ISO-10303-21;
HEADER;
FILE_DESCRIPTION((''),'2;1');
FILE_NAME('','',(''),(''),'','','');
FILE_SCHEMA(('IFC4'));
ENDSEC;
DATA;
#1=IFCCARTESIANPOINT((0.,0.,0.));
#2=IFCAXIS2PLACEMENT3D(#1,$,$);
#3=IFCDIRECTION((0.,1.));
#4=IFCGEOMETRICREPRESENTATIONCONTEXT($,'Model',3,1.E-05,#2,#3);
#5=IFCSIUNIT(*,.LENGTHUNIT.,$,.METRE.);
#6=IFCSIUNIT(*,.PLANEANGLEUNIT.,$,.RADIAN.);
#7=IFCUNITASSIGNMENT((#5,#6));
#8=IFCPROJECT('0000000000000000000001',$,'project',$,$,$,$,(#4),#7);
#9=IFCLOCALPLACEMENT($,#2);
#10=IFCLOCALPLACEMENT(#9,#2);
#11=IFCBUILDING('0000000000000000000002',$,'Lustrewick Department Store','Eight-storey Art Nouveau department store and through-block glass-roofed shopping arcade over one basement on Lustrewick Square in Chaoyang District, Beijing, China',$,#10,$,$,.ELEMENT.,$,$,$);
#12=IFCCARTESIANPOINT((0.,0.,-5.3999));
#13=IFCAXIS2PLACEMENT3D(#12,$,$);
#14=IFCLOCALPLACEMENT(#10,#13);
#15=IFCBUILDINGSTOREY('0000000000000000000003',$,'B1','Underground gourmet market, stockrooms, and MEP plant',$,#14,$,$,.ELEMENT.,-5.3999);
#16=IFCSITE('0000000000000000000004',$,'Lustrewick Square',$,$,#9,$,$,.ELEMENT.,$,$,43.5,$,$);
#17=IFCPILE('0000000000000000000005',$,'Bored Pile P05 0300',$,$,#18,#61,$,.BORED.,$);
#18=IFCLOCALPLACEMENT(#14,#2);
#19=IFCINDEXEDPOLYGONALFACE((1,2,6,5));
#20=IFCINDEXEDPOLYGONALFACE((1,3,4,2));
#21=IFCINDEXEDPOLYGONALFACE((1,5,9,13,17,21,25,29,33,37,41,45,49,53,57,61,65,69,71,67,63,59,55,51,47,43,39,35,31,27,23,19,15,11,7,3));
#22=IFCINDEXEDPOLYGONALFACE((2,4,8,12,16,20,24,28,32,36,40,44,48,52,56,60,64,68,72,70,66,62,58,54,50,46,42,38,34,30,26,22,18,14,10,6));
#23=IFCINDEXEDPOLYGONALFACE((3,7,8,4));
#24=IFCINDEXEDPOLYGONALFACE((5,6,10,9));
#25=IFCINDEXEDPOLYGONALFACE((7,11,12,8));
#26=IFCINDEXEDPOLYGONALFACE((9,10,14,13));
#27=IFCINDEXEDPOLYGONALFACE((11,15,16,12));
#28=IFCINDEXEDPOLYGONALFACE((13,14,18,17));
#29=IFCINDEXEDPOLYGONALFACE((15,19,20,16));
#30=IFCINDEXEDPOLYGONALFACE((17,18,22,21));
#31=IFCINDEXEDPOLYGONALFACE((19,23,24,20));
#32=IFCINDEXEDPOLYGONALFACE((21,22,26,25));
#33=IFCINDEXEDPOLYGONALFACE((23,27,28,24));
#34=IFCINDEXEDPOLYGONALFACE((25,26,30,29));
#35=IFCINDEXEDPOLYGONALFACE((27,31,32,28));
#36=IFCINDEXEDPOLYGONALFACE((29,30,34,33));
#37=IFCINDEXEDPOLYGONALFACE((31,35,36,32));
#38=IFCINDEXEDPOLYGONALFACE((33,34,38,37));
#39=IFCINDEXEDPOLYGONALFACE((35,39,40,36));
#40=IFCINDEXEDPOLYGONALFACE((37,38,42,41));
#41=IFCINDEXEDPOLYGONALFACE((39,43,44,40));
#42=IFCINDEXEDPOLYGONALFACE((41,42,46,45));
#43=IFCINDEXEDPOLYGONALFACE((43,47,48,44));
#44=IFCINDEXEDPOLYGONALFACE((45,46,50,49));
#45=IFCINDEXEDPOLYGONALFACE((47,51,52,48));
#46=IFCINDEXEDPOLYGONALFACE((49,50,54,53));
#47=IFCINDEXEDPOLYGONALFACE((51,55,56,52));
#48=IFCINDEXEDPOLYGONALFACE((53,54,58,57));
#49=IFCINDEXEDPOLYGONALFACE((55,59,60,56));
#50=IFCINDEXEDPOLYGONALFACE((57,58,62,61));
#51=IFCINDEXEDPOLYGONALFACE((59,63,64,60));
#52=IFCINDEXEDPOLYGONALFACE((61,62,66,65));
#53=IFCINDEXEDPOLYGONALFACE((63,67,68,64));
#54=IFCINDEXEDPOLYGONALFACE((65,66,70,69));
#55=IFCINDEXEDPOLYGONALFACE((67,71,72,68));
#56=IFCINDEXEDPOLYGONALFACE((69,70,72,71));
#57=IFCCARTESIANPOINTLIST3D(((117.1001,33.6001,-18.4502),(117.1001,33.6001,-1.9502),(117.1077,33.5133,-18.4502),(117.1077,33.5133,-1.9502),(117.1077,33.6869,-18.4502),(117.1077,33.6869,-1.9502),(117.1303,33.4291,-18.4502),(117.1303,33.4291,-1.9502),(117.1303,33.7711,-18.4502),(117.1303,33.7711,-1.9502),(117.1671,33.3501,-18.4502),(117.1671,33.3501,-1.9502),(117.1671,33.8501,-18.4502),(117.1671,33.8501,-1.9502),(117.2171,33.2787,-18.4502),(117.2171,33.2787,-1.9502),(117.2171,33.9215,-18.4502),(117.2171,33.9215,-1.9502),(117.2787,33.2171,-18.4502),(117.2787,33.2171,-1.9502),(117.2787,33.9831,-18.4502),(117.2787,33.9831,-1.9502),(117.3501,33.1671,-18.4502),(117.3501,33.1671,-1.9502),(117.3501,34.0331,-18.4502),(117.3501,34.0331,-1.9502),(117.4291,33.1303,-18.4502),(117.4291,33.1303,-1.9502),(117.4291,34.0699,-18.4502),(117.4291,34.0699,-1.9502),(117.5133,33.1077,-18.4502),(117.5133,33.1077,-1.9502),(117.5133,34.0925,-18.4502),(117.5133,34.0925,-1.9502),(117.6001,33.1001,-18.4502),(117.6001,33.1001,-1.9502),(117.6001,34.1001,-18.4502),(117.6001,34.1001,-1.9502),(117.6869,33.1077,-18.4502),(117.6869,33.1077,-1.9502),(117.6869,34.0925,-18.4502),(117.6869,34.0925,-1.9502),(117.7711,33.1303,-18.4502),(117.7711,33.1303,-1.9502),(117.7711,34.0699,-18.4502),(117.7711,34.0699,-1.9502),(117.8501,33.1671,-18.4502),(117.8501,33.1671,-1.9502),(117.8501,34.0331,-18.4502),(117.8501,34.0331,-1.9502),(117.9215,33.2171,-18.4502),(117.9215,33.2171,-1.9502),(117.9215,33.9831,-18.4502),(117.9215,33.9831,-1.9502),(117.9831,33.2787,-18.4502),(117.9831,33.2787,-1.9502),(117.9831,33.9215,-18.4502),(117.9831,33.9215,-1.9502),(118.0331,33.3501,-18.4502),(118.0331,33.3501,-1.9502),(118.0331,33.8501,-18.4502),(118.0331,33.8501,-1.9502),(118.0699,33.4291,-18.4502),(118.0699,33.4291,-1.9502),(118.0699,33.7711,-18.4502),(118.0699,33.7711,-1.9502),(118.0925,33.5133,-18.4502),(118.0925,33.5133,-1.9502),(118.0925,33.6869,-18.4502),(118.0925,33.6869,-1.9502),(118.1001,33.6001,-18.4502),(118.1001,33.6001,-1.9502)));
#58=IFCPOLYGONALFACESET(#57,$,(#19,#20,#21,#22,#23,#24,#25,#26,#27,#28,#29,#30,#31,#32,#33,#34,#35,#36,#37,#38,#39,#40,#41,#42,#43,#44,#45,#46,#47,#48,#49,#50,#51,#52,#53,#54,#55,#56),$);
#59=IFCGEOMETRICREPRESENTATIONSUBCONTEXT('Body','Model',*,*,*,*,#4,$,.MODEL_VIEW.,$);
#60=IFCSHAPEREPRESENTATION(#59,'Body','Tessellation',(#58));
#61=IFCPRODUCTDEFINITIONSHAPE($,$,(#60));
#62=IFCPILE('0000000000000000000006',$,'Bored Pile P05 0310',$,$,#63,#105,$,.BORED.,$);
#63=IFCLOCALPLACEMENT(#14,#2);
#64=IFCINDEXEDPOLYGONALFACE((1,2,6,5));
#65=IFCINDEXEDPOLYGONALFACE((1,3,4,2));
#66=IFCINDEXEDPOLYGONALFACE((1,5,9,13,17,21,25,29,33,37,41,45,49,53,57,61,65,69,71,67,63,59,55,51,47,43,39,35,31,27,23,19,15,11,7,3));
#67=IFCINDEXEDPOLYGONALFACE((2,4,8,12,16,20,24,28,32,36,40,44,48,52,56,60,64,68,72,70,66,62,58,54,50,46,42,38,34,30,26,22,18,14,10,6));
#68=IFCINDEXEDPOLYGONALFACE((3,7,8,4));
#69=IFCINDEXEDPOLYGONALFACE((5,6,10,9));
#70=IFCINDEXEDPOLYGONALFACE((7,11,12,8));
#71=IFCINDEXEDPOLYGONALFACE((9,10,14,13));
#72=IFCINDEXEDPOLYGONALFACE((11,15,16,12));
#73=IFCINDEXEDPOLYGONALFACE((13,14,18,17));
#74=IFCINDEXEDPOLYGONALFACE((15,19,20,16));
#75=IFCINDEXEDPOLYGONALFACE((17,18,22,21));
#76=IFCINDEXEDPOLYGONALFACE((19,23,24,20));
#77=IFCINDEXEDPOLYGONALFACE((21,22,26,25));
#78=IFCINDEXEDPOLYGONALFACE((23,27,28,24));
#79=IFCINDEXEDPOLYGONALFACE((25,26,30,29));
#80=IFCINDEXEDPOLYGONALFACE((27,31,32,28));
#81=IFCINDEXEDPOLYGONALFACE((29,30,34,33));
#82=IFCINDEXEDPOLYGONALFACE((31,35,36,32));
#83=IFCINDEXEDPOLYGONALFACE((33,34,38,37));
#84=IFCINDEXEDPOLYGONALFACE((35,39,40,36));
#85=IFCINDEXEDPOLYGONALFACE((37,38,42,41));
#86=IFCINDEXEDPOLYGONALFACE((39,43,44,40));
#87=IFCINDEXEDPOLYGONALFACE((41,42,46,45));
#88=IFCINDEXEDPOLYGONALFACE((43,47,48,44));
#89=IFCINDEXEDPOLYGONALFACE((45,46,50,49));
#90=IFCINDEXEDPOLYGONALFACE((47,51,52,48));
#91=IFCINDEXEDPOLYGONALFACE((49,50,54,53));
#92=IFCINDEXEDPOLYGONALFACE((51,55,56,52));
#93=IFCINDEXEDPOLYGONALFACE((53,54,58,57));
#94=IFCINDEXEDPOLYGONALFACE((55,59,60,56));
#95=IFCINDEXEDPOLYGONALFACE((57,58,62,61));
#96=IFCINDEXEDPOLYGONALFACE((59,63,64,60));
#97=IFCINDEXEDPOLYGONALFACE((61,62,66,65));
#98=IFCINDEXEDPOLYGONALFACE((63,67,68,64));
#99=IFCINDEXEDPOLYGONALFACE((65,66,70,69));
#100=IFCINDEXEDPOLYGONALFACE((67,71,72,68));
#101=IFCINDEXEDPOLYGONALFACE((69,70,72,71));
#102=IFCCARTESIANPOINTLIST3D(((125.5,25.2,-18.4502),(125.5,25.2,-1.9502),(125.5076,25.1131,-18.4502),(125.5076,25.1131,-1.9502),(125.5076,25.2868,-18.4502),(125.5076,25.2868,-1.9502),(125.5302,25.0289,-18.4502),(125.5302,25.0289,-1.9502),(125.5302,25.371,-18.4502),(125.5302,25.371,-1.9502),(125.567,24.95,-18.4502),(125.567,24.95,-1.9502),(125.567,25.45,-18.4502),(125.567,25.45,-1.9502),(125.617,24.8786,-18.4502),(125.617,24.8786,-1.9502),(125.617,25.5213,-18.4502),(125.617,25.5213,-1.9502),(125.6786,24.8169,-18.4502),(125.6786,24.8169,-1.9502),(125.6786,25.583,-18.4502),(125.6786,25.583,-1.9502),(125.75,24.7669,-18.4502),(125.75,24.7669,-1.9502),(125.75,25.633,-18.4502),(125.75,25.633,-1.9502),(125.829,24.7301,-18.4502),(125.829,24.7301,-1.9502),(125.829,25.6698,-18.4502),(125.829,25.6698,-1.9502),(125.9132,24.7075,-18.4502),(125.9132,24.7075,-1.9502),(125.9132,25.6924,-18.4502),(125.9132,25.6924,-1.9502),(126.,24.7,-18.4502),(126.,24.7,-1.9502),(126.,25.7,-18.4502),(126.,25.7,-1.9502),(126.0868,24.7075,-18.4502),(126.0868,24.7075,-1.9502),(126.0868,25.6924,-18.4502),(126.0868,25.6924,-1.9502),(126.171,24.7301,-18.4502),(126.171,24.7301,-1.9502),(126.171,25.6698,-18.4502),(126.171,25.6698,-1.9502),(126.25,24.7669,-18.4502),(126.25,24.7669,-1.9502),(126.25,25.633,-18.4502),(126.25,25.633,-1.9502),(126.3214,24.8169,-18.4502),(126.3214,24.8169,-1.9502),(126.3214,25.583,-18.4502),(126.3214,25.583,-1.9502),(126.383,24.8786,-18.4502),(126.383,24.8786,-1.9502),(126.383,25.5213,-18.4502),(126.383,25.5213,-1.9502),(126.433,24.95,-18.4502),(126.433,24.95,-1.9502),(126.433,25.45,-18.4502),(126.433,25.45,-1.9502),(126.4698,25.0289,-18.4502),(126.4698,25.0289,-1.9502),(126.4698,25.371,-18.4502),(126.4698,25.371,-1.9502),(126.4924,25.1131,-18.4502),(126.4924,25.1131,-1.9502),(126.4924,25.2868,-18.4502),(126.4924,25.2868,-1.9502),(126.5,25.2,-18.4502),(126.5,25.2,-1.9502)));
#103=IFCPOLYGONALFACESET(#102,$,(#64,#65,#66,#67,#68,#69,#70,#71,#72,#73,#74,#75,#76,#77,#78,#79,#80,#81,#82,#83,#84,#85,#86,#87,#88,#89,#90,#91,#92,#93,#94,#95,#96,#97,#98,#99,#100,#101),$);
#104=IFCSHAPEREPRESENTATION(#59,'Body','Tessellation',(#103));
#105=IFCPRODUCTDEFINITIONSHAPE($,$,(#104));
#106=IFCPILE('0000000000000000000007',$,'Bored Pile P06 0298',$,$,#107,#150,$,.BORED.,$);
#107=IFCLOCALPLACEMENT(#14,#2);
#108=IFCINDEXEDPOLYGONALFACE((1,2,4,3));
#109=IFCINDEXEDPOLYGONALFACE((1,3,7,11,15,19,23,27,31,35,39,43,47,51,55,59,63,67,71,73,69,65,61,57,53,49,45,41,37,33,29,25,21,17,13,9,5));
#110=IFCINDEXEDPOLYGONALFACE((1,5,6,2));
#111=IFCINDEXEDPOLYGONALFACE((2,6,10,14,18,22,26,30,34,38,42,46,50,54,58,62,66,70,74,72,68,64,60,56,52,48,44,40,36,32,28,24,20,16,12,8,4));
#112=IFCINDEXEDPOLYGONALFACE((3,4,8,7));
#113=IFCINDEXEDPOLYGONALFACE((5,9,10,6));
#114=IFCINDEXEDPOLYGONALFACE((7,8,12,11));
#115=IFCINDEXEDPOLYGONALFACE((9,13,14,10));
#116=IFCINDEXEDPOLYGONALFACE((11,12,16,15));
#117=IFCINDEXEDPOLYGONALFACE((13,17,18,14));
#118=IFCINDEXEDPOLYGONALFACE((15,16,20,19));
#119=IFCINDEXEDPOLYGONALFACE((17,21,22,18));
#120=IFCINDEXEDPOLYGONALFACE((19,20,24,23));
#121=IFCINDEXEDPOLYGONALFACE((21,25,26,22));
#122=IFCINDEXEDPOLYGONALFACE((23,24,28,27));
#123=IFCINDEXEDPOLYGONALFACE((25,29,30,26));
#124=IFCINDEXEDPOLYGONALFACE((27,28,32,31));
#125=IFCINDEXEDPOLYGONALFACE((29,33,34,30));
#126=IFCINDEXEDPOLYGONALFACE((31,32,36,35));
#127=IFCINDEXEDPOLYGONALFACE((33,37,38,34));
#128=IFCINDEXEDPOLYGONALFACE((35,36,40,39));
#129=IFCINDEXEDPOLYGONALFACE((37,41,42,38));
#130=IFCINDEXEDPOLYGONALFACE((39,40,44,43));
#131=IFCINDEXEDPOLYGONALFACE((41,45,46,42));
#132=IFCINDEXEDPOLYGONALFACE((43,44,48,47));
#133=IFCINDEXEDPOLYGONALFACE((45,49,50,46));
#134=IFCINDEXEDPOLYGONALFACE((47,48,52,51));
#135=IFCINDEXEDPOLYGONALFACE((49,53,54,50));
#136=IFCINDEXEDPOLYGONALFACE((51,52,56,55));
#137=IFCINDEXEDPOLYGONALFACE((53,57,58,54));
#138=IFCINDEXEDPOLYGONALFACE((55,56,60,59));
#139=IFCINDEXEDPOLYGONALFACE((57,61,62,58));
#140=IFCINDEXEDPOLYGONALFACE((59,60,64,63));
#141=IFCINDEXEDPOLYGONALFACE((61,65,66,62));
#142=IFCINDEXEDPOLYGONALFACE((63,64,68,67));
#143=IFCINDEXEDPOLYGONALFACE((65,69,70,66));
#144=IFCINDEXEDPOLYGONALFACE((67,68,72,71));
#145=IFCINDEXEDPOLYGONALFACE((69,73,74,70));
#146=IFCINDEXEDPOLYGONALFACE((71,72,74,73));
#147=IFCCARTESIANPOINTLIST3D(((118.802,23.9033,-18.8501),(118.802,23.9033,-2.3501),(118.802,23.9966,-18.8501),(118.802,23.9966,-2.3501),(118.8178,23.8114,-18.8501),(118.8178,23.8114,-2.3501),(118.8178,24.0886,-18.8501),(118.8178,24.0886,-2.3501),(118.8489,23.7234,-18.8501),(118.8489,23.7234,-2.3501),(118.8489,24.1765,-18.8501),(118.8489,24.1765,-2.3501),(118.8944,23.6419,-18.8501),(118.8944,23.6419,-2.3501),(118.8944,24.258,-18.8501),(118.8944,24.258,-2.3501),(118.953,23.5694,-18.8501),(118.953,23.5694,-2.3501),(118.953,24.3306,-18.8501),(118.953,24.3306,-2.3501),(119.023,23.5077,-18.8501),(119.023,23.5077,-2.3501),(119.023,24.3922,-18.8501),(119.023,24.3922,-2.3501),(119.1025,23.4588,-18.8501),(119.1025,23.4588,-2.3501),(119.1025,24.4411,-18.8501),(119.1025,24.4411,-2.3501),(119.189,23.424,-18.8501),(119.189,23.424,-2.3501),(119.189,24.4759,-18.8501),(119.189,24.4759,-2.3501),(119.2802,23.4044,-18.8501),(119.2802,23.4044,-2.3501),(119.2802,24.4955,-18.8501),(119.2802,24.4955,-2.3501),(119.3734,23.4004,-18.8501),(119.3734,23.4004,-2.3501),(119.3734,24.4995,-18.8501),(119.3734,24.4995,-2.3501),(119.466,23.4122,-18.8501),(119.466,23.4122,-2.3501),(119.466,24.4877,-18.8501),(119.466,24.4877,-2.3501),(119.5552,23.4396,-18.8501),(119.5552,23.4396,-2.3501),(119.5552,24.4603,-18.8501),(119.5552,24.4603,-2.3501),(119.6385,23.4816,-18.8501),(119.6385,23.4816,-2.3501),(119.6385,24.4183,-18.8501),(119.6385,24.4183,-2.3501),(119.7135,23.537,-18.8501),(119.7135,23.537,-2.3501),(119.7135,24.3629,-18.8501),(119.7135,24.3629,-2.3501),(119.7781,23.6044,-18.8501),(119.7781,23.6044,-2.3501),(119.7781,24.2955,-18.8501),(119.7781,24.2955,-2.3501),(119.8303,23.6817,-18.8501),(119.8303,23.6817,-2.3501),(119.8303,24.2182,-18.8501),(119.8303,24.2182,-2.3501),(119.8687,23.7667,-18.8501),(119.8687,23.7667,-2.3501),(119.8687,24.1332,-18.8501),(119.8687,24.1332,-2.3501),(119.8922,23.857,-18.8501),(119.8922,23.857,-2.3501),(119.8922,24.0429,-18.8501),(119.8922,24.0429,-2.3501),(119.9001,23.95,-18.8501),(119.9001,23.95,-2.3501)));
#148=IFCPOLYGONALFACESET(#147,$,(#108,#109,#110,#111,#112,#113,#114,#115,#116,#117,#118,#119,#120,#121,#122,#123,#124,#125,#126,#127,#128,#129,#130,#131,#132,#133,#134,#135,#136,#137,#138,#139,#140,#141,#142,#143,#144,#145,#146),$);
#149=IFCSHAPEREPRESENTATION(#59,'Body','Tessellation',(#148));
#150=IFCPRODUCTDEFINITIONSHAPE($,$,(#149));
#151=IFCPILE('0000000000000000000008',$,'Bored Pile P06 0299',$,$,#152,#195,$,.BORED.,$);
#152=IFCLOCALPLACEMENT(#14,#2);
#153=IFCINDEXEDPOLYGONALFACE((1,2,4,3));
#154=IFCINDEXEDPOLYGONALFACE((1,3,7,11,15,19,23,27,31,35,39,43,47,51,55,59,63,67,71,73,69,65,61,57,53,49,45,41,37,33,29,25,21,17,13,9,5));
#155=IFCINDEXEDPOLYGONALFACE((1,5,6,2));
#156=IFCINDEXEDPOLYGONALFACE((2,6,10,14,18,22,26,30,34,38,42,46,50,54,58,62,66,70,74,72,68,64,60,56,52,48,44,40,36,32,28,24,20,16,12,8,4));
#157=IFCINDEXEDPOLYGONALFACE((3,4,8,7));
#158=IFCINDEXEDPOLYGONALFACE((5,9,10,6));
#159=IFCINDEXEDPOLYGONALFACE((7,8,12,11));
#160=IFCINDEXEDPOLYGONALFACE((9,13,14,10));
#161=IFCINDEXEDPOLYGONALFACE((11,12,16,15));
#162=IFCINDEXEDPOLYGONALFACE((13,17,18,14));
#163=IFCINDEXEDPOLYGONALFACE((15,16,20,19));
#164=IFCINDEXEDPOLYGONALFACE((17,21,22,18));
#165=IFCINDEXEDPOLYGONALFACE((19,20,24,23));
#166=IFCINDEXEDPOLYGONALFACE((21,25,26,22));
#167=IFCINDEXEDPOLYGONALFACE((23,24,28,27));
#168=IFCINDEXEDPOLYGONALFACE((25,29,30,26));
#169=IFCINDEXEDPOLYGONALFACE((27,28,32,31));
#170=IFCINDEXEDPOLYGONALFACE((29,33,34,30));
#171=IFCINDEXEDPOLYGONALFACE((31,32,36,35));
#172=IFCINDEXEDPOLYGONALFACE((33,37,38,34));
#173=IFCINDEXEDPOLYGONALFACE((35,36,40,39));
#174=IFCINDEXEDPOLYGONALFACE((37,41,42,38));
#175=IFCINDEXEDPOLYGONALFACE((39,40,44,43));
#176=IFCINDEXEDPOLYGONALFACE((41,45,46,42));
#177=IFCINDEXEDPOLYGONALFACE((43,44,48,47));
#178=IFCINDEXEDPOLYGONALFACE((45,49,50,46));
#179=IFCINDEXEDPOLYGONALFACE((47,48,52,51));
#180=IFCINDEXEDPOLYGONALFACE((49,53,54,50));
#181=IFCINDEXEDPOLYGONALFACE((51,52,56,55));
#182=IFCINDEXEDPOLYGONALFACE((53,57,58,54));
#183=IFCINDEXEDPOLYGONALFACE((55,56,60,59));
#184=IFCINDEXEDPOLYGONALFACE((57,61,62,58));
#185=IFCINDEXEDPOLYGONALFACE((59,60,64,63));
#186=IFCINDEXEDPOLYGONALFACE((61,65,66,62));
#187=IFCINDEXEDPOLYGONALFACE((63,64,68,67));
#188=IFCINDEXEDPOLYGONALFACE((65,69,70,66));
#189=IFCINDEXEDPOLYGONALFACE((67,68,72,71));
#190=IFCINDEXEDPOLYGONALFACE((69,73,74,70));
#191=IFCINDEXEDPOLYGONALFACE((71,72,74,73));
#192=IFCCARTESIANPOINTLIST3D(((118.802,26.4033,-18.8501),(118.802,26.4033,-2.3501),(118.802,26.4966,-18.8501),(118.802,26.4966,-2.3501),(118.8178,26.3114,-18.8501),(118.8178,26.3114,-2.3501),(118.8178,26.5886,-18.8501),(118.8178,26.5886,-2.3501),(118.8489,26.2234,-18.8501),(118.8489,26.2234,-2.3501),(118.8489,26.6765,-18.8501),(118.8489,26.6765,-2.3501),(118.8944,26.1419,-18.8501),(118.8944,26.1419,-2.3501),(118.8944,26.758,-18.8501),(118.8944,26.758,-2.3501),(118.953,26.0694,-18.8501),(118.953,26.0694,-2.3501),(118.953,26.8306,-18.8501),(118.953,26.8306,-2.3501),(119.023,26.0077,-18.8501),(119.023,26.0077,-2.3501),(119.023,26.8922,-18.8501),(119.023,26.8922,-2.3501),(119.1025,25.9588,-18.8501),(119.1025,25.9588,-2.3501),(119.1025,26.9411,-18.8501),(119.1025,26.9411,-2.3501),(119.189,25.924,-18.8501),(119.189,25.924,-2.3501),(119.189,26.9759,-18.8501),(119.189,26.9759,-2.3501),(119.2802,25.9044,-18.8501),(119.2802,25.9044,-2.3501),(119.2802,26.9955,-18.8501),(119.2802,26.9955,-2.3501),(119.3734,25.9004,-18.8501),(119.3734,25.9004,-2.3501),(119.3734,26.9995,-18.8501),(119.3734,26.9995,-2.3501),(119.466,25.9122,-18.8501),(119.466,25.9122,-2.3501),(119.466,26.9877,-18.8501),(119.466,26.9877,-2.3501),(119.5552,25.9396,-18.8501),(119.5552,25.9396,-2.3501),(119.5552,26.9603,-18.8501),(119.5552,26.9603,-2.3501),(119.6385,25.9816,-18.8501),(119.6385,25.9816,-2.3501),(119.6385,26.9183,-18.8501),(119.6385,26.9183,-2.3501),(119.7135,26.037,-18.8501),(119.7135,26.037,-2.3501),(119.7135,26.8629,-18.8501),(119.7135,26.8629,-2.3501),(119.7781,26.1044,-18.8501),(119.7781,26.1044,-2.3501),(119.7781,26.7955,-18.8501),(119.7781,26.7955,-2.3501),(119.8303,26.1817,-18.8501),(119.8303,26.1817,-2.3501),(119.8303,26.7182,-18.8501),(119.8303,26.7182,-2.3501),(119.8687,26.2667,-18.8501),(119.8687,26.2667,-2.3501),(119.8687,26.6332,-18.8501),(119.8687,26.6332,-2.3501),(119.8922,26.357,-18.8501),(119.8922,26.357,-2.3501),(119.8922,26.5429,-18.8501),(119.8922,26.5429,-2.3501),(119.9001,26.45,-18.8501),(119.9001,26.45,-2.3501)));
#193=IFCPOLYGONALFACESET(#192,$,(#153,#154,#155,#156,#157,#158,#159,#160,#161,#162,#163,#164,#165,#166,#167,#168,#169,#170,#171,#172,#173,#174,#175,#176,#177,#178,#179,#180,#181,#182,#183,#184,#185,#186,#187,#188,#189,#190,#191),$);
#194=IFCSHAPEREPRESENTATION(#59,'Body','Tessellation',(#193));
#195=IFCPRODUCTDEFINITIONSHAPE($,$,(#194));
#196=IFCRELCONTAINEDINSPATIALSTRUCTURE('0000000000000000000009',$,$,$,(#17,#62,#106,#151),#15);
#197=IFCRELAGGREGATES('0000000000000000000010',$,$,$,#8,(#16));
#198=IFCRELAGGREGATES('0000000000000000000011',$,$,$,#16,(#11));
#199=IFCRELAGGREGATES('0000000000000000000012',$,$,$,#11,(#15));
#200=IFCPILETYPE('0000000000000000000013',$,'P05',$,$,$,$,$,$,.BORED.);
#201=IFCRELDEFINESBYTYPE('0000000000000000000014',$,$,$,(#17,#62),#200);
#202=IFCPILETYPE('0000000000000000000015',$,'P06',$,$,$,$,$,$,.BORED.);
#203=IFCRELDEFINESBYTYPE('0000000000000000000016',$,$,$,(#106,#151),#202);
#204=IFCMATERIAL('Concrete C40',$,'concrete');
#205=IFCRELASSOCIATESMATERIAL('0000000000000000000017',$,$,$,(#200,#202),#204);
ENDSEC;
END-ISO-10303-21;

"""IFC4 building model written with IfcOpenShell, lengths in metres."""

from ifc_helpers import new_model, si_unit, direction, frame, origin, origin_2d, place, context, subcontext, project, spatial, circle, extrude, material, material_profile, profile_set, type_object, element, save


model = new_model("IFC4")

# Units and contexts
model_context = context("Model", 3, precision=1e-05, world=origin(), true_north=direction((0.0, 1.0)))
body_context = subcontext(model_context, "Body", "Model", "MODEL_VIEW")
ifc_project = project(units=[si_unit("LENGTHUNIT", "METRE"), si_unit("PLANEANGLEUNIT", "RADIAN")], contexts=[model_context])

# Site, building, storey
site_placement = place(None, origin())
site = spatial("IfcSite", under=ifc_project, at=site_placement, Name="Lustrewick Square", CompositionType="ELEMENT", RefElevation=43.5)
building_placement = place(site_placement, origin())
building = spatial("IfcBuilding", under=site, at=building_placement, Name="Lustrewick Department Store", Description="Eight-storey Art Nouveau department store and through-block glass-roofed shopping arcade over one basement on Lustrewick Square in Chaoyang District, Beijing, China", CompositionType="ELEMENT")
storey_placement = place(building_placement, frame((0.0, 0.0, -5.3999)))
storey = spatial("IfcBuildingStorey", under=building, at=storey_placement, Name="B1", Description="Underground gourmet market, stockrooms, and MEP plant", CompositionType="ELEMENT", Elevation=-5.3999)

# Piles
ifc_material_1 = material(Name="Concrete C40", Category="concrete")
ifc_material_profile_1 = material_profile(ifc_material_1, circle(Radius=0.5, at=origin_2d()), Name="PILE D1000")
ifc_profile_set_1 = profile_set([ifc_material_profile_1], Name="Concrete C40")
pile_type_1 = type_object("IfcPileType", Name="P05", PredefinedType="BORED", material=ifc_profile_set_1)
for number, where, z_axis, x_axis, name in (
    (1, (117.6001, 33.6001, -1.9502), (0.0, 0.0, -1.0), (1.0, 0.0, 0.0), "Bored Pile P05 0300"),
    (2, (126.0, 25.2, -1.9502), (0.0, 0.0, -1.0), (1.0, 0.0, 0.0), "Bored Pile P05 0310"),
):
    element("IfcPile", number, at=place(storey_placement, frame(where, z_axis=z_axis, x_axis=x_axis)), inside=storey, type_object=pile_type_1, Name=name, PredefinedType="BORED", context=body_context, shape_type="SweptSolid", body=[
        extrude(circle(Radius=0.5, at=origin_2d()), origin(), (0.0, 0.0, 1.0), 16.5),
    ])
ifc_material_profile_2 = material_profile(ifc_material_1, circle(Radius=0.55, at=origin_2d()), Name="PILE D1100")
ifc_profile_set_2 = profile_set([ifc_material_profile_2], Name="Concrete C40")
pile_type_2 = type_object("IfcPileType", Name="P06", PredefinedType="BORED", material=ifc_profile_set_2)
for number, where, z_axis, x_axis, name in (
    (3, (119.3501, 23.95, -2.3501), (0.0, 0.0, -1.0), (1.0, 0.0, 0.0), "Bored Pile P06 0298"),
    (4, (119.3501, 26.45, -2.3501), (0.0, 0.0, -1.0), (1.0, 0.0, 0.0), "Bored Pile P06 0299"),
):
    element("IfcPile", number, at=place(storey_placement, frame(where, z_axis=z_axis, x_axis=x_axis)), inside=storey, type_object=pile_type_2, Name=name, PredefinedType="BORED", context=body_context, shape_type="SweptSolid", body=[
        extrude(circle(Radius=0.55, at=origin_2d()), origin(), (0.0, 0.0, 1.0), 16.5),
    ])

save(model, "model.ifc")
